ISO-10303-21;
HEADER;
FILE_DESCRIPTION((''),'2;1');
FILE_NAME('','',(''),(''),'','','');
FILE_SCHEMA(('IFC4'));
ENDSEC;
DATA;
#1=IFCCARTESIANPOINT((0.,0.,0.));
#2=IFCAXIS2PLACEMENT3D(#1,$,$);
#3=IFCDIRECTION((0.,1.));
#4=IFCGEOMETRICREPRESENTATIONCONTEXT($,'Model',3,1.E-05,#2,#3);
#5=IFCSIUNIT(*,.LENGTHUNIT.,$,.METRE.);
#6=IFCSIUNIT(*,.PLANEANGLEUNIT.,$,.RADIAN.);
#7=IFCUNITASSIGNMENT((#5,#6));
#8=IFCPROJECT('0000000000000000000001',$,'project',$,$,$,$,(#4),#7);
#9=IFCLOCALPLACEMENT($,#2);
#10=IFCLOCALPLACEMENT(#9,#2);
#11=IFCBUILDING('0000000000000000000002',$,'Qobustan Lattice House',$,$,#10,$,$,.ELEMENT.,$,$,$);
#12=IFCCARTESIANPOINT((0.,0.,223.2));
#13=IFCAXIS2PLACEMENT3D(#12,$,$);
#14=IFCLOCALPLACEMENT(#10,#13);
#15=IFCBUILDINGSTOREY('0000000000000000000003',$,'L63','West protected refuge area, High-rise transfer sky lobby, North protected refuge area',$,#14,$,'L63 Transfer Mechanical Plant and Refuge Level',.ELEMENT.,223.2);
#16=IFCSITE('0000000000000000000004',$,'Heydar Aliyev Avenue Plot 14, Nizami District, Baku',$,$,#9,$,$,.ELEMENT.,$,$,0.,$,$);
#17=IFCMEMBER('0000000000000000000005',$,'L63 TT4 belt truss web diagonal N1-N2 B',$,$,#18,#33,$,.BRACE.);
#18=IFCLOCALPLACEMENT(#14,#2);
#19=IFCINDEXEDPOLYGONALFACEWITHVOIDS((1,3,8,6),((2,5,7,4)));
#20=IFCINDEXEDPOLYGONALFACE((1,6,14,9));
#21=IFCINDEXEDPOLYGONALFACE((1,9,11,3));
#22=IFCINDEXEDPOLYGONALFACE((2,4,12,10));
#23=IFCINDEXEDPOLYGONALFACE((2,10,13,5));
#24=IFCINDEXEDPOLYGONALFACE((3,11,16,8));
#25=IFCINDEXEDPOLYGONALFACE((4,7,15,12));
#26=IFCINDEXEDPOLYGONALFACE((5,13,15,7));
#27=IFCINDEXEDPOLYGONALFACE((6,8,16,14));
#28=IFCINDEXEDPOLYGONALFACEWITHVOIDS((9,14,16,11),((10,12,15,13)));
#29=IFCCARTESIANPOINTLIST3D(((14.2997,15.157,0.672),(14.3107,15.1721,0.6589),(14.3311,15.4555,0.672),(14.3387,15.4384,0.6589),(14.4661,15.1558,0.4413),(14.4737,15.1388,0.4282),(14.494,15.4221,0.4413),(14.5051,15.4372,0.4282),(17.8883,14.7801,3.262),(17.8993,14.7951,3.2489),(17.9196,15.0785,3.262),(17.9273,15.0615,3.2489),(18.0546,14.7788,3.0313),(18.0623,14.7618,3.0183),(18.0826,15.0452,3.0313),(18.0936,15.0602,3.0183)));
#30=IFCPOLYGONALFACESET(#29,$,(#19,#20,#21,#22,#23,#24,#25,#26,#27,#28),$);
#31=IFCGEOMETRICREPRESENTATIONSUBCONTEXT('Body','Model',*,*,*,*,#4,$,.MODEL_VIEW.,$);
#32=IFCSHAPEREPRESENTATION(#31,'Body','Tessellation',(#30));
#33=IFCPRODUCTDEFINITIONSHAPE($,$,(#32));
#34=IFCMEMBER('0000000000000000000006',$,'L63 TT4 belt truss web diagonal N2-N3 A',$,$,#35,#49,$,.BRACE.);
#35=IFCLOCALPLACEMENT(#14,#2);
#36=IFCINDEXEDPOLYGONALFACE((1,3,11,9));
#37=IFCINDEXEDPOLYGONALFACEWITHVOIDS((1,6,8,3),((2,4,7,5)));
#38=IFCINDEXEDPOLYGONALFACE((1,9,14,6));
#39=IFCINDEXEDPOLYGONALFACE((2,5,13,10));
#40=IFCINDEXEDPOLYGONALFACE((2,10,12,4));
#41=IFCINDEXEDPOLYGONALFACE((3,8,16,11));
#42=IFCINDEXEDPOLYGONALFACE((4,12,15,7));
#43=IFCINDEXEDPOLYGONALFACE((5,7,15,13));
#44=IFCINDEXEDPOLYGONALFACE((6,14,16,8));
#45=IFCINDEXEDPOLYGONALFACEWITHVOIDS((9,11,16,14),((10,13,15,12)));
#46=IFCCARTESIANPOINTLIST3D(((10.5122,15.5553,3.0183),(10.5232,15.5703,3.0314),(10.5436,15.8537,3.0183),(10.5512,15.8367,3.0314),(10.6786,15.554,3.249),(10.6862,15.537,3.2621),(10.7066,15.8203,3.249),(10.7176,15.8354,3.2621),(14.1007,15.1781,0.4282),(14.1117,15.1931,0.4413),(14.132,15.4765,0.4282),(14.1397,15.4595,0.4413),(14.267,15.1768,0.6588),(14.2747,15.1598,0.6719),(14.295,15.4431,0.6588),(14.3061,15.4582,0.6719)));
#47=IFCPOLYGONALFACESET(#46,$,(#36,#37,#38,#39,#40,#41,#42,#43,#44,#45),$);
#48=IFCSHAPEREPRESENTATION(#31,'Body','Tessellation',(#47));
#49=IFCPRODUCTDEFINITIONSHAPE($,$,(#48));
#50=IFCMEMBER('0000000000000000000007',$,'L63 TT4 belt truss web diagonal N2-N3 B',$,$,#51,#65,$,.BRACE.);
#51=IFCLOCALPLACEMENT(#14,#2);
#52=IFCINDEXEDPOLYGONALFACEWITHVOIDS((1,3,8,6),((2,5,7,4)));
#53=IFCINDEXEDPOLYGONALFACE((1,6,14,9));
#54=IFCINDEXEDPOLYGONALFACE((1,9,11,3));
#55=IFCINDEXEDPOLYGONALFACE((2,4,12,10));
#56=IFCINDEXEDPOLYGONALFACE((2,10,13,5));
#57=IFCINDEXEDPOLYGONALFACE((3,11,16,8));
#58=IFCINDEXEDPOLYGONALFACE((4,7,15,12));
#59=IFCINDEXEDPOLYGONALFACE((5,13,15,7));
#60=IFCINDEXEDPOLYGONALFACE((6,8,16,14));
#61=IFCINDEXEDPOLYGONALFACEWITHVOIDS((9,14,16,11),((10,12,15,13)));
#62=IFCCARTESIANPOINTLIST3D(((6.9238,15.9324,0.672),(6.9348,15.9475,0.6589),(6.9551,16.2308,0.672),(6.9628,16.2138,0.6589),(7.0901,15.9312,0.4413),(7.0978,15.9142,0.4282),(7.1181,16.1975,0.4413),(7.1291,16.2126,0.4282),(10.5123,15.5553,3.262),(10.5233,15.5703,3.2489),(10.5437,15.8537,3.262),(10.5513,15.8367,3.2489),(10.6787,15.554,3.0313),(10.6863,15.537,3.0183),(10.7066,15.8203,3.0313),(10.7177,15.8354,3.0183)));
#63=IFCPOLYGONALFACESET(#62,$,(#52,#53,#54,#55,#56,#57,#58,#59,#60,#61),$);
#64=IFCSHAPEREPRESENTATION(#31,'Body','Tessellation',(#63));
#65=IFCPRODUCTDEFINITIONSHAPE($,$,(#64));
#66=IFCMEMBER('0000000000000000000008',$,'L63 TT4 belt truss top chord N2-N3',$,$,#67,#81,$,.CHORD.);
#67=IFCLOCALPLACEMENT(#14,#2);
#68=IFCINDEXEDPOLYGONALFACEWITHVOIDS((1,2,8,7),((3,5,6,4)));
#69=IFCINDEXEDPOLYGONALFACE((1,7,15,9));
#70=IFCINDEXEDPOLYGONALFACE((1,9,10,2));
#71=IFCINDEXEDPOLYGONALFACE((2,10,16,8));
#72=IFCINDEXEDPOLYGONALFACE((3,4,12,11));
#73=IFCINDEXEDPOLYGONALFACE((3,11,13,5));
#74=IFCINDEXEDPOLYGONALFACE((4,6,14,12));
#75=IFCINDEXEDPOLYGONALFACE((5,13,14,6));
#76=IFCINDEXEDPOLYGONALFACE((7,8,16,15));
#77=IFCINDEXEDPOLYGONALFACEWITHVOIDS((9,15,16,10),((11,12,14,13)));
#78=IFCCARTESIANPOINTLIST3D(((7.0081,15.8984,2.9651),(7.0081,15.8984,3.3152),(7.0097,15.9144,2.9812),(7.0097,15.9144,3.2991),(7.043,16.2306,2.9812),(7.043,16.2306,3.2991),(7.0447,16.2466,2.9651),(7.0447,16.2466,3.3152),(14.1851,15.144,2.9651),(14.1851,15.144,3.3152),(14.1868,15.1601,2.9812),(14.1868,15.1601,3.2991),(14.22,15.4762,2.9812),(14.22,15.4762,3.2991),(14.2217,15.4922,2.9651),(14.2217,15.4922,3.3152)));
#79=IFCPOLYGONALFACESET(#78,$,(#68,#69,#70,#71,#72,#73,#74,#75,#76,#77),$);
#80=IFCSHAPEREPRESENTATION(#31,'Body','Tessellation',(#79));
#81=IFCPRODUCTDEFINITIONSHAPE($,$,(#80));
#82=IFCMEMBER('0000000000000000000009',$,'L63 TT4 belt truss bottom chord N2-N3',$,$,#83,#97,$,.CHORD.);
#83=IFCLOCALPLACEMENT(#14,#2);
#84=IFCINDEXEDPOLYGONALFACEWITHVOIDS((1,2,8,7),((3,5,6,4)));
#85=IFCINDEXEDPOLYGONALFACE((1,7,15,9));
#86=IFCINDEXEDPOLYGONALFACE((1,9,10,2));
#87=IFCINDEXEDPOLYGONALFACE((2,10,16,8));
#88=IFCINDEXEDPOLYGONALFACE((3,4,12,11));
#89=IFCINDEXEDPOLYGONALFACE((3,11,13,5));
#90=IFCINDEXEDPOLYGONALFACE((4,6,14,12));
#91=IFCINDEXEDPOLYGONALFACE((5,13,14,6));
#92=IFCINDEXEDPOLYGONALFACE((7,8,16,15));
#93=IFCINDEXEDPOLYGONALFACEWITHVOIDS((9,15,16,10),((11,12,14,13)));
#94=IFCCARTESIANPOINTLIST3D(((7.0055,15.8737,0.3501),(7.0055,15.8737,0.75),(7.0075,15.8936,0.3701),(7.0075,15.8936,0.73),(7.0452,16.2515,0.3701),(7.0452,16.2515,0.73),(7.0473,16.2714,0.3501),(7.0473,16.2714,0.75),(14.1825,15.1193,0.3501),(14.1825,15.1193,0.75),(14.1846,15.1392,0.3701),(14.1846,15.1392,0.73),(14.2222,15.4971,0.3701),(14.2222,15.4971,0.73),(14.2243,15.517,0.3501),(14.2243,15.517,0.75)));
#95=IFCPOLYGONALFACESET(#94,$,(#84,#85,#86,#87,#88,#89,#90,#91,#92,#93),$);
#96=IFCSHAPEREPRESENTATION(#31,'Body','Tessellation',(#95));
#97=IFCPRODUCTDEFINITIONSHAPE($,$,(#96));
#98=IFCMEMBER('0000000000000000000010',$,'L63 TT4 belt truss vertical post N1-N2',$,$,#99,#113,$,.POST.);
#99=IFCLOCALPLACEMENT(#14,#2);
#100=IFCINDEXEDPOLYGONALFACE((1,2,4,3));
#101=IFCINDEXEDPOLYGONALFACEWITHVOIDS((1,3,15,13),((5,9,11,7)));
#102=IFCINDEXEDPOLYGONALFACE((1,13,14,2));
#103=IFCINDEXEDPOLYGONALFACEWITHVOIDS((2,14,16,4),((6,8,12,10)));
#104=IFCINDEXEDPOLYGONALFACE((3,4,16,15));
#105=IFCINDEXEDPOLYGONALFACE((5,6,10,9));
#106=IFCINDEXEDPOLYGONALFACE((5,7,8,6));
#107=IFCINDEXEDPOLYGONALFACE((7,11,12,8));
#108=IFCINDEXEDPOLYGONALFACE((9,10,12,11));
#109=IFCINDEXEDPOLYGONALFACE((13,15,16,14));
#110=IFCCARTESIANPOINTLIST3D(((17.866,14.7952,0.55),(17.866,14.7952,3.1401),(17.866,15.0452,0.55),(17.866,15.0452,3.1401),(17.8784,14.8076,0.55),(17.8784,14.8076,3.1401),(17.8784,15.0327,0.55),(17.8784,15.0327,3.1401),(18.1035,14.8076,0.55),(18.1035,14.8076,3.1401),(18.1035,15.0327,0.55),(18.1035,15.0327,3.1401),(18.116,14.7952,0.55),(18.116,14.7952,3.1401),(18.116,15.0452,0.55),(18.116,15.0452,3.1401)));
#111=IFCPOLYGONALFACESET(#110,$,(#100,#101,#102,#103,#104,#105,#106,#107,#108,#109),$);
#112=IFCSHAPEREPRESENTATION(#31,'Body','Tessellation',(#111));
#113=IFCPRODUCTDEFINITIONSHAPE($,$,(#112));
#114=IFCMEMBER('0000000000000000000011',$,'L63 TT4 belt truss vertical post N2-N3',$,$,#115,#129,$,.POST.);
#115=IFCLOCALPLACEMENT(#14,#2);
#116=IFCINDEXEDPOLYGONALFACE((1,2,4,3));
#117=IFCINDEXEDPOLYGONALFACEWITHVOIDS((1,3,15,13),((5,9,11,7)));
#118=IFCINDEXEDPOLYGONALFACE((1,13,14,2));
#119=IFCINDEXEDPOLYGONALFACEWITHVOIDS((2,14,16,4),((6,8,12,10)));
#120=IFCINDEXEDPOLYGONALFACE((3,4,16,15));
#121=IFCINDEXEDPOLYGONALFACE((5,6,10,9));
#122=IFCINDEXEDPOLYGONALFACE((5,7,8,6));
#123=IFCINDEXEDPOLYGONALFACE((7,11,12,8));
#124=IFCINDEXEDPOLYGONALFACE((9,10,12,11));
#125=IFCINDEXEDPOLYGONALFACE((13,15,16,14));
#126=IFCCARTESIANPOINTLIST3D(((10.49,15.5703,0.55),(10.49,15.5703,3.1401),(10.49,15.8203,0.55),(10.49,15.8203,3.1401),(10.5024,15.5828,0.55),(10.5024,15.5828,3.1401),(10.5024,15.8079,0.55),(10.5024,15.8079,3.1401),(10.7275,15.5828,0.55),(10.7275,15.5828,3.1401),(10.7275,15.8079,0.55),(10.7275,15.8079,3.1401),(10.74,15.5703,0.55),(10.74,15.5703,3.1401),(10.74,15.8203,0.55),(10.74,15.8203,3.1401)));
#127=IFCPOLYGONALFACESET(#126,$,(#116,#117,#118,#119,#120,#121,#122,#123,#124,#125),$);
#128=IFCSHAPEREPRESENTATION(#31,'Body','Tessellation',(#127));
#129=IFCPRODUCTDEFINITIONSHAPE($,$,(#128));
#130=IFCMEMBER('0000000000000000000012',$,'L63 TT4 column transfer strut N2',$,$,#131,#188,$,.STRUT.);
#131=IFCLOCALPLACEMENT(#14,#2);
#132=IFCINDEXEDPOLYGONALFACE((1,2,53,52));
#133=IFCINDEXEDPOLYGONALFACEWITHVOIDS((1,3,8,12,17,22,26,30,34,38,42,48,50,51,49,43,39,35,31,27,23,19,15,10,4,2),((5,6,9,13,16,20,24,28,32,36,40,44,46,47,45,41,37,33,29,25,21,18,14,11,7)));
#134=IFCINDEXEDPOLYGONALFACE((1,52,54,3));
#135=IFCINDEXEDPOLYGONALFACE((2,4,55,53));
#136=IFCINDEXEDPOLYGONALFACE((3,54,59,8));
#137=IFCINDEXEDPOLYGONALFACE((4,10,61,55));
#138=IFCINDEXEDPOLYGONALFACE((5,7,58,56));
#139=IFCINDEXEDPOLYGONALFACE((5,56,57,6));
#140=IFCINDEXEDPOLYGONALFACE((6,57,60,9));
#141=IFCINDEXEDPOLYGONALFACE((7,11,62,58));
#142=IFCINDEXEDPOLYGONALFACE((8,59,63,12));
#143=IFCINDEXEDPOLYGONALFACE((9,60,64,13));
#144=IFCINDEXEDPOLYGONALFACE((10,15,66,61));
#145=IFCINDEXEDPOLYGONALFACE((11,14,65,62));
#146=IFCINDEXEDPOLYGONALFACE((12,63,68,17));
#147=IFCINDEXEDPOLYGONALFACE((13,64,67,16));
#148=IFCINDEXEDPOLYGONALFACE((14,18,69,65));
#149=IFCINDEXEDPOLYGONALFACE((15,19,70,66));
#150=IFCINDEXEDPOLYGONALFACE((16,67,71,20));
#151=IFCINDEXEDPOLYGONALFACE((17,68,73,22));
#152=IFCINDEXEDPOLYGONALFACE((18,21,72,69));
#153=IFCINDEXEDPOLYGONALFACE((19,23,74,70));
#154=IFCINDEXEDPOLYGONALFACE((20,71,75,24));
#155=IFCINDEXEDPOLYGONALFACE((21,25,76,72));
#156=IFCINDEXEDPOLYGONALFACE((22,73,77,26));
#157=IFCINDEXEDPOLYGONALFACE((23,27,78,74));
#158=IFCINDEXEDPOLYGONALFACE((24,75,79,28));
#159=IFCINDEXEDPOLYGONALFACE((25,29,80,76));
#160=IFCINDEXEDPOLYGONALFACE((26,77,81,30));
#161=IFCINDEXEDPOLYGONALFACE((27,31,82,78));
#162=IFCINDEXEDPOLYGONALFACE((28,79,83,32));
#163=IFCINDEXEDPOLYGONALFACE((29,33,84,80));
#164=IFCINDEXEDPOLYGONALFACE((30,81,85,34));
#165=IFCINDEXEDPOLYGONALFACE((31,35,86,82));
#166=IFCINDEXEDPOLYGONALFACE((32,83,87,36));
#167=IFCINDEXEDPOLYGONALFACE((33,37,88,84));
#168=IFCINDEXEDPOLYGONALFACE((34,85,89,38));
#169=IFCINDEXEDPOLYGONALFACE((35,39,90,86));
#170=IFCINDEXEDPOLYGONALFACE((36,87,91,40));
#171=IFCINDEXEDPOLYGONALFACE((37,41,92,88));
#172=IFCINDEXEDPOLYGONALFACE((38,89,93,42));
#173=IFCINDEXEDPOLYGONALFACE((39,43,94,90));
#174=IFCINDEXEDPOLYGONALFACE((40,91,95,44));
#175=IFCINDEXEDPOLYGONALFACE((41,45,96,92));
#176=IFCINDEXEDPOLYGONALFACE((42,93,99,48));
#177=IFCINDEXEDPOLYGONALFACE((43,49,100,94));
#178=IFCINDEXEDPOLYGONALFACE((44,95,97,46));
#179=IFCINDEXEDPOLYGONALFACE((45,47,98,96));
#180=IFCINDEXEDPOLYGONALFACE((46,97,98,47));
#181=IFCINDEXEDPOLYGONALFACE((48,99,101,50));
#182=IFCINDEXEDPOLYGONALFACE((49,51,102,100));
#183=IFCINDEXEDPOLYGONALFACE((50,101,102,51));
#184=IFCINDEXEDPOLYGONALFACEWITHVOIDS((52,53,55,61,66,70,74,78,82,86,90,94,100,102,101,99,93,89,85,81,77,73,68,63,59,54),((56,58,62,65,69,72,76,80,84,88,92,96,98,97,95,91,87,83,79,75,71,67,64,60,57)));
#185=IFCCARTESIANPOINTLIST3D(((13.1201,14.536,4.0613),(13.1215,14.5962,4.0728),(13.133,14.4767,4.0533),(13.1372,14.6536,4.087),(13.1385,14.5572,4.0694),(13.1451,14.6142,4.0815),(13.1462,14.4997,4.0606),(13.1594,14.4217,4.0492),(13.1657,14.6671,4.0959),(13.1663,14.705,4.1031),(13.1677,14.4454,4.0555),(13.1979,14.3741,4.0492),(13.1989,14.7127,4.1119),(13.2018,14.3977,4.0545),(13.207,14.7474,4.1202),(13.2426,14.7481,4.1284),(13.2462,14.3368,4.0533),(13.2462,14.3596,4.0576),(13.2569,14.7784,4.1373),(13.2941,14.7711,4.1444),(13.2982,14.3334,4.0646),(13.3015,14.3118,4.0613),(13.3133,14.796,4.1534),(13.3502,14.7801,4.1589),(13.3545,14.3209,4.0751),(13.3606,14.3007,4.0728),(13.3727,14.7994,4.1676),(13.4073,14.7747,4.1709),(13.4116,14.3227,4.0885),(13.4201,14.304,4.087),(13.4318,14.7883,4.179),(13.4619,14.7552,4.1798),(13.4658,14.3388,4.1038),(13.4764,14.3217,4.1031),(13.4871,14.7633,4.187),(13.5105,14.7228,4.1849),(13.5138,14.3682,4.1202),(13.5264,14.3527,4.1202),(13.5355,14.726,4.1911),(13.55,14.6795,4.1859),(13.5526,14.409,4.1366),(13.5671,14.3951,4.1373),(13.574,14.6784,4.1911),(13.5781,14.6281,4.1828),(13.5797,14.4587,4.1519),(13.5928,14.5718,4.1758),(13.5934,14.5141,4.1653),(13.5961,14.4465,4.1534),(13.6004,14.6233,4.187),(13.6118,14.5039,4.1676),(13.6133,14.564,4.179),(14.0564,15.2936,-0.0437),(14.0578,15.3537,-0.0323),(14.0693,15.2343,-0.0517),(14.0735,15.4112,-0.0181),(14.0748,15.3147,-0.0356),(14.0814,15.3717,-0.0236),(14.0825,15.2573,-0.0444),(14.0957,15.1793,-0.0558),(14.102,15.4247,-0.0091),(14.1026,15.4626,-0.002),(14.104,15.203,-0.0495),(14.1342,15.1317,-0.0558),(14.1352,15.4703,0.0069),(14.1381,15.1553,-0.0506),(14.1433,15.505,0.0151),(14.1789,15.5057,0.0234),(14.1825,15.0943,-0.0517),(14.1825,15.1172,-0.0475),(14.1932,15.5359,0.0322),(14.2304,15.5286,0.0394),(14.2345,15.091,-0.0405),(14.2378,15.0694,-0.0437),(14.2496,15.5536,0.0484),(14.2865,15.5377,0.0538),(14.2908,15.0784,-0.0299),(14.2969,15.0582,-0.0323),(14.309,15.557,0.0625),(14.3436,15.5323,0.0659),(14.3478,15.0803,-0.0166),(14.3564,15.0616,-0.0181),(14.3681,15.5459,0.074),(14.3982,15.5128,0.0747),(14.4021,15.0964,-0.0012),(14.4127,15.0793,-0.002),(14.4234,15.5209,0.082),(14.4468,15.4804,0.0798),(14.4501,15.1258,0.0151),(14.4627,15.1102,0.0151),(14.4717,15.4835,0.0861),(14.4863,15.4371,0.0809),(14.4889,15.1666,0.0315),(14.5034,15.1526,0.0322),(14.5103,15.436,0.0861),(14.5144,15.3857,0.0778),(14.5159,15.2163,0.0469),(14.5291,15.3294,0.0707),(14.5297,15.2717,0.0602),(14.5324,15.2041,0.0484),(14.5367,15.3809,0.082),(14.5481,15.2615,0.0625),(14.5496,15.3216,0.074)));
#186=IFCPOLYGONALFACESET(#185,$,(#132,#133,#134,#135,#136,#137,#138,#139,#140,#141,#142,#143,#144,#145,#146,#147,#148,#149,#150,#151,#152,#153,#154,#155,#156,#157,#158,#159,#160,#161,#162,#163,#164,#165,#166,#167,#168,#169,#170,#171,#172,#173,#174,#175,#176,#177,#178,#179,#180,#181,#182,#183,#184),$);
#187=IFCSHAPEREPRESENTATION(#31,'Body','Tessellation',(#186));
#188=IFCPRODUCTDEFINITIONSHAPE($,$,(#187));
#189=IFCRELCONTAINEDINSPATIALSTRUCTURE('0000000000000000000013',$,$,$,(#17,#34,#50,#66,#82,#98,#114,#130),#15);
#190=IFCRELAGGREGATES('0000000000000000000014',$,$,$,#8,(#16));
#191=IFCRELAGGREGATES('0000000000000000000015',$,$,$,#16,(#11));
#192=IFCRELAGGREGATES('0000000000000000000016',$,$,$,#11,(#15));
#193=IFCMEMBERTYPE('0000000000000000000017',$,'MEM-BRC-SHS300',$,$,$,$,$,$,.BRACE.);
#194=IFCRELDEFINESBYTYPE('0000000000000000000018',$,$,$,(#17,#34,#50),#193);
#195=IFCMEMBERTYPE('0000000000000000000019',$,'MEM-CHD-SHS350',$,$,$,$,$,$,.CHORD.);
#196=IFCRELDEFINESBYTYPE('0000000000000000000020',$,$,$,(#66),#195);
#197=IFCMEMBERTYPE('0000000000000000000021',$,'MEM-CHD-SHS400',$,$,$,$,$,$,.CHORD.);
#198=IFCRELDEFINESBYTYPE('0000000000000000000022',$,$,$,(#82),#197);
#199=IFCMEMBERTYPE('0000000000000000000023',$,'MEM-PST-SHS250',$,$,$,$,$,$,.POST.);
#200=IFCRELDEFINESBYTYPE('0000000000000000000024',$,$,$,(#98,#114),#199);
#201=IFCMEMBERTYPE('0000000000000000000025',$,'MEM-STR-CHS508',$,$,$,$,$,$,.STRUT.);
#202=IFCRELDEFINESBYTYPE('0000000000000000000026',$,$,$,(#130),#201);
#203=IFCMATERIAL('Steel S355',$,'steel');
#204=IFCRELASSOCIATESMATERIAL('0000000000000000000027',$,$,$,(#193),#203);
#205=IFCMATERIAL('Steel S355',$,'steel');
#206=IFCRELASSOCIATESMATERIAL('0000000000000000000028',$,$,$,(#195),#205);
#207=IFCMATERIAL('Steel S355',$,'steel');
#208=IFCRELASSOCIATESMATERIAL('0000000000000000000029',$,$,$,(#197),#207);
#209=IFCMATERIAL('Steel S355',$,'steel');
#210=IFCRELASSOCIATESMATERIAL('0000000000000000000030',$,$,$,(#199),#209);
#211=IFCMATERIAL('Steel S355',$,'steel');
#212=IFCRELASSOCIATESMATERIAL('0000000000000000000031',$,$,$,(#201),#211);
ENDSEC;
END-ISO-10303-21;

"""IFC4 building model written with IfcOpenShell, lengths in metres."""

from ifc_helpers import new_model, si_unit, direction, frame, origin, origin_2d, place, context, subcontext, project, spatial, hollow_rectangle, hollow_circle, extrude, material, material_profile, profile_set, type_object, element, save


model = new_model("IFC4")

# Units and contexts
model_context = context("Model", 3, precision=1e-05, world=origin(), true_north=direction((0.0, 1.0)))
body_context = subcontext(model_context, "Body", "Model", "MODEL_VIEW")
ifc_project = project(units=[si_unit("LENGTHUNIT", "METRE"), si_unit("PLANEANGLEUNIT", "RADIAN")], contexts=[model_context])

# Site, building, storey
site_placement = place(None, origin())
site = spatial("IfcSite", under=ifc_project, at=site_placement, Name="Heydar Aliyev Avenue Plot 14, Nizami District, Baku", CompositionType="ELEMENT", RefElevation=0.0)
building_placement = place(site_placement, origin())
building = spatial("IfcBuilding", under=site, at=building_placement, Name="Qobustan Lattice House", CompositionType="ELEMENT")
storey_placement = place(building_placement, frame((0.0, 0.0, 223.2)))
storey = spatial("IfcBuildingStorey", under=building, at=storey_placement, Name="L63", Description="West protected refuge area, High-rise transfer sky lobby, North protected refuge area", LongName="L63 Transfer Mechanical Plant and Refuge Level", CompositionType="ELEMENT", Elevation=223.2)

# Members
ifc_material_1 = material(Name="Steel S355", Category="steel")
ifc_material_profile_1 = material_profile(ifc_material_1, hollow_rectangle(XDim=0.3, YDim=0.3, WallThickness=0.0161, at=origin_2d()), Name="SHS300x300x16")
ifc_profile_set_1 = profile_set([ifc_material_profile_1], Name="Steel S355")
member_type_1 = type_object("IfcMemberType", Name="MEM-BRC-SHS300", PredefinedType="BRACE", material=ifc_profile_set_1)
for number, where, z_axis, x_axis, name in (
    (1, (17.991, 14.9202, 3.1401), (-0.807936, 0.084867, -0.583127), (-0.104466, -0.994528, 0.0), "L63 TT4 belt truss web diagonal N1-N2 B"),
    (2, (14.2034, 15.3181, 0.55), (-0.807913, 0.084925, 0.583151), (-0.10454, -0.994521, 0.0), "L63 TT4 belt truss web diagonal N2-N3 A"),
    (3, (10.615, 15.6953, 3.1401), (-0.807932, 0.084921, -0.583125), (-0.104533, -0.994521, 0.0), "L63 TT4 belt truss web diagonal N2-N3 B"),
):
    element("IfcMember", number, at=place(storey_placement, frame(where, z_axis=z_axis, x_axis=x_axis)), inside=storey, type_object=member_type_1, Name=name, PredefinedType="BRACE", context=body_context, shape_type="SweptSolid", body=[
        extrude(hollow_rectangle(XDim=0.3, YDim=0.3, WallThickness=0.0161, at=origin_2d()), origin(), (0.0, 0.0, 1.0), 4.4417),
    ])
ifc_material_2 = material(Name="Steel S355", Category="steel")
ifc_material_profile_2 = material_profile(ifc_material_2, hollow_rectangle(XDim=0.3501, YDim=0.3501, WallThickness=0.0161, at=origin_2d()), Name="SHS350x350x16")
ifc_profile_set_2 = profile_set([ifc_material_profile_2], Name="Steel S355")
member_type_2 = type_object("IfcMemberType", Name="MEM-CHD-SHS350", PredefinedType="CHORD", material=ifc_profile_set_2)
member_1_placement = place(storey_placement, frame((14.2034, 15.3181, 3.1401), z_axis=(-0.994521, 0.104537, 0.0), x_axis=(-0.104537, -0.994521, 0.0)))
element("IfcMember", 4, at=member_1_placement, inside=storey, type_object=member_type_2, Name="L63 TT4 belt truss top chord N2-N3", PredefinedType="CHORD", context=body_context, shape_type="SweptSolid", body=[
    extrude(hollow_rectangle(XDim=0.3501, YDim=0.3501, WallThickness=0.0161, at=origin_2d()), origin(), (0.0, 0.0, 1.0), 7.2166),
])
ifc_material_3 = material(Name="Steel S355", Category="steel")
ifc_material_profile_3 = material_profile(ifc_material_3, hollow_rectangle(XDim=0.3999, YDim=0.3999, WallThickness=0.02, at=origin_2d()), Name="SHS400x400x20")
ifc_profile_set_3 = profile_set([ifc_material_profile_3], Name="Steel S355")
member_type_3 = type_object("IfcMemberType", Name="MEM-CHD-SHS400", PredefinedType="CHORD", material=ifc_profile_set_3)
member_2_placement = place(storey_placement, frame((14.2034, 15.3181, 0.55), z_axis=(-0.994521, 0.104537, 0.0), x_axis=(-0.104537, -0.994521, 0.0)))
element("IfcMember", 5, at=member_2_placement, inside=storey, type_object=member_type_3, Name="L63 TT4 belt truss bottom chord N2-N3", PredefinedType="CHORD", context=body_context, shape_type="SweptSolid", body=[
    extrude(hollow_rectangle(XDim=0.3999, YDim=0.3999, WallThickness=0.02, at=origin_2d()), origin(), (0.0, 0.0, 1.0), 7.2166),
])
ifc_material_4 = material(Name="Steel S355", Category="steel")
ifc_material_profile_4 = material_profile(ifc_material_4, hollow_rectangle(XDim=0.25, YDim=0.25, WallThickness=0.0125, at=origin_2d()), Name="SHS250x250x12.5")
ifc_profile_set_4 = profile_set([ifc_material_profile_4], Name="Steel S355")
member_type_4 = type_object("IfcMemberType", Name="MEM-PST-SHS250", PredefinedType="POST", material=ifc_profile_set_4)
for number, where, z_axis, x_axis, name in (
    (6, (17.991, 14.9202, 0.55), (0.0, 0.0, 1.0), (1.0, 0.0, 0.0), "L63 TT4 belt truss vertical post N1-N2"),
    (7, (10.615, 15.6953, 0.55), (0.0, 0.0, 1.0), (1.0, 0.0, 0.0), "L63 TT4 belt truss vertical post N2-N3"),
):
    element("IfcMember", number, at=place(storey_placement, frame(where, z_axis=z_axis, x_axis=x_axis)), inside=storey, type_object=member_type_4, Name=name, PredefinedType="POST", context=body_context, shape_type="SweptSolid", body=[
        extrude(hollow_rectangle(XDim=0.25, YDim=0.25, WallThickness=0.0125, at=origin_2d()), origin(), (0.0, 0.0, 1.0), 2.5901),
    ])
ifc_material_5 = material(Name="Steel S355", Category="steel")
ifc_material_profile_5 = material_profile(ifc_material_5, hollow_circle(Radius=0.2539, WallThickness=0.02, at=origin_2d()), Name="CHS508x20")
ifc_profile_set_5 = profile_set([ifc_material_profile_5], Name="Steel S355")
member_type_5 = type_object("IfcMemberType", Name="MEM-STR-CHS508", PredefinedType="STRUT", material=ifc_profile_set_5)
member_3_placement = place(storey_placement, frame((14.303, 15.3076, 0.0151), z_axis=(-0.218858, -0.177084, 0.959553), x_axis=(0.629012, -0.777396, 0.0)))
element("IfcMember", 8, at=member_3_placement, inside=storey, type_object=member_type_5, Name="L63 TT4 column transfer strut N2", PredefinedType="STRUT", context=body_context, shape_type="SweptSolid", body=[
    extrude(hollow_circle(Radius=0.2539, WallThickness=0.02, at=origin_2d()), origin(), (0.0, 0.0, 1.0), 4.2781),
])

save(model, "model.ifc")
